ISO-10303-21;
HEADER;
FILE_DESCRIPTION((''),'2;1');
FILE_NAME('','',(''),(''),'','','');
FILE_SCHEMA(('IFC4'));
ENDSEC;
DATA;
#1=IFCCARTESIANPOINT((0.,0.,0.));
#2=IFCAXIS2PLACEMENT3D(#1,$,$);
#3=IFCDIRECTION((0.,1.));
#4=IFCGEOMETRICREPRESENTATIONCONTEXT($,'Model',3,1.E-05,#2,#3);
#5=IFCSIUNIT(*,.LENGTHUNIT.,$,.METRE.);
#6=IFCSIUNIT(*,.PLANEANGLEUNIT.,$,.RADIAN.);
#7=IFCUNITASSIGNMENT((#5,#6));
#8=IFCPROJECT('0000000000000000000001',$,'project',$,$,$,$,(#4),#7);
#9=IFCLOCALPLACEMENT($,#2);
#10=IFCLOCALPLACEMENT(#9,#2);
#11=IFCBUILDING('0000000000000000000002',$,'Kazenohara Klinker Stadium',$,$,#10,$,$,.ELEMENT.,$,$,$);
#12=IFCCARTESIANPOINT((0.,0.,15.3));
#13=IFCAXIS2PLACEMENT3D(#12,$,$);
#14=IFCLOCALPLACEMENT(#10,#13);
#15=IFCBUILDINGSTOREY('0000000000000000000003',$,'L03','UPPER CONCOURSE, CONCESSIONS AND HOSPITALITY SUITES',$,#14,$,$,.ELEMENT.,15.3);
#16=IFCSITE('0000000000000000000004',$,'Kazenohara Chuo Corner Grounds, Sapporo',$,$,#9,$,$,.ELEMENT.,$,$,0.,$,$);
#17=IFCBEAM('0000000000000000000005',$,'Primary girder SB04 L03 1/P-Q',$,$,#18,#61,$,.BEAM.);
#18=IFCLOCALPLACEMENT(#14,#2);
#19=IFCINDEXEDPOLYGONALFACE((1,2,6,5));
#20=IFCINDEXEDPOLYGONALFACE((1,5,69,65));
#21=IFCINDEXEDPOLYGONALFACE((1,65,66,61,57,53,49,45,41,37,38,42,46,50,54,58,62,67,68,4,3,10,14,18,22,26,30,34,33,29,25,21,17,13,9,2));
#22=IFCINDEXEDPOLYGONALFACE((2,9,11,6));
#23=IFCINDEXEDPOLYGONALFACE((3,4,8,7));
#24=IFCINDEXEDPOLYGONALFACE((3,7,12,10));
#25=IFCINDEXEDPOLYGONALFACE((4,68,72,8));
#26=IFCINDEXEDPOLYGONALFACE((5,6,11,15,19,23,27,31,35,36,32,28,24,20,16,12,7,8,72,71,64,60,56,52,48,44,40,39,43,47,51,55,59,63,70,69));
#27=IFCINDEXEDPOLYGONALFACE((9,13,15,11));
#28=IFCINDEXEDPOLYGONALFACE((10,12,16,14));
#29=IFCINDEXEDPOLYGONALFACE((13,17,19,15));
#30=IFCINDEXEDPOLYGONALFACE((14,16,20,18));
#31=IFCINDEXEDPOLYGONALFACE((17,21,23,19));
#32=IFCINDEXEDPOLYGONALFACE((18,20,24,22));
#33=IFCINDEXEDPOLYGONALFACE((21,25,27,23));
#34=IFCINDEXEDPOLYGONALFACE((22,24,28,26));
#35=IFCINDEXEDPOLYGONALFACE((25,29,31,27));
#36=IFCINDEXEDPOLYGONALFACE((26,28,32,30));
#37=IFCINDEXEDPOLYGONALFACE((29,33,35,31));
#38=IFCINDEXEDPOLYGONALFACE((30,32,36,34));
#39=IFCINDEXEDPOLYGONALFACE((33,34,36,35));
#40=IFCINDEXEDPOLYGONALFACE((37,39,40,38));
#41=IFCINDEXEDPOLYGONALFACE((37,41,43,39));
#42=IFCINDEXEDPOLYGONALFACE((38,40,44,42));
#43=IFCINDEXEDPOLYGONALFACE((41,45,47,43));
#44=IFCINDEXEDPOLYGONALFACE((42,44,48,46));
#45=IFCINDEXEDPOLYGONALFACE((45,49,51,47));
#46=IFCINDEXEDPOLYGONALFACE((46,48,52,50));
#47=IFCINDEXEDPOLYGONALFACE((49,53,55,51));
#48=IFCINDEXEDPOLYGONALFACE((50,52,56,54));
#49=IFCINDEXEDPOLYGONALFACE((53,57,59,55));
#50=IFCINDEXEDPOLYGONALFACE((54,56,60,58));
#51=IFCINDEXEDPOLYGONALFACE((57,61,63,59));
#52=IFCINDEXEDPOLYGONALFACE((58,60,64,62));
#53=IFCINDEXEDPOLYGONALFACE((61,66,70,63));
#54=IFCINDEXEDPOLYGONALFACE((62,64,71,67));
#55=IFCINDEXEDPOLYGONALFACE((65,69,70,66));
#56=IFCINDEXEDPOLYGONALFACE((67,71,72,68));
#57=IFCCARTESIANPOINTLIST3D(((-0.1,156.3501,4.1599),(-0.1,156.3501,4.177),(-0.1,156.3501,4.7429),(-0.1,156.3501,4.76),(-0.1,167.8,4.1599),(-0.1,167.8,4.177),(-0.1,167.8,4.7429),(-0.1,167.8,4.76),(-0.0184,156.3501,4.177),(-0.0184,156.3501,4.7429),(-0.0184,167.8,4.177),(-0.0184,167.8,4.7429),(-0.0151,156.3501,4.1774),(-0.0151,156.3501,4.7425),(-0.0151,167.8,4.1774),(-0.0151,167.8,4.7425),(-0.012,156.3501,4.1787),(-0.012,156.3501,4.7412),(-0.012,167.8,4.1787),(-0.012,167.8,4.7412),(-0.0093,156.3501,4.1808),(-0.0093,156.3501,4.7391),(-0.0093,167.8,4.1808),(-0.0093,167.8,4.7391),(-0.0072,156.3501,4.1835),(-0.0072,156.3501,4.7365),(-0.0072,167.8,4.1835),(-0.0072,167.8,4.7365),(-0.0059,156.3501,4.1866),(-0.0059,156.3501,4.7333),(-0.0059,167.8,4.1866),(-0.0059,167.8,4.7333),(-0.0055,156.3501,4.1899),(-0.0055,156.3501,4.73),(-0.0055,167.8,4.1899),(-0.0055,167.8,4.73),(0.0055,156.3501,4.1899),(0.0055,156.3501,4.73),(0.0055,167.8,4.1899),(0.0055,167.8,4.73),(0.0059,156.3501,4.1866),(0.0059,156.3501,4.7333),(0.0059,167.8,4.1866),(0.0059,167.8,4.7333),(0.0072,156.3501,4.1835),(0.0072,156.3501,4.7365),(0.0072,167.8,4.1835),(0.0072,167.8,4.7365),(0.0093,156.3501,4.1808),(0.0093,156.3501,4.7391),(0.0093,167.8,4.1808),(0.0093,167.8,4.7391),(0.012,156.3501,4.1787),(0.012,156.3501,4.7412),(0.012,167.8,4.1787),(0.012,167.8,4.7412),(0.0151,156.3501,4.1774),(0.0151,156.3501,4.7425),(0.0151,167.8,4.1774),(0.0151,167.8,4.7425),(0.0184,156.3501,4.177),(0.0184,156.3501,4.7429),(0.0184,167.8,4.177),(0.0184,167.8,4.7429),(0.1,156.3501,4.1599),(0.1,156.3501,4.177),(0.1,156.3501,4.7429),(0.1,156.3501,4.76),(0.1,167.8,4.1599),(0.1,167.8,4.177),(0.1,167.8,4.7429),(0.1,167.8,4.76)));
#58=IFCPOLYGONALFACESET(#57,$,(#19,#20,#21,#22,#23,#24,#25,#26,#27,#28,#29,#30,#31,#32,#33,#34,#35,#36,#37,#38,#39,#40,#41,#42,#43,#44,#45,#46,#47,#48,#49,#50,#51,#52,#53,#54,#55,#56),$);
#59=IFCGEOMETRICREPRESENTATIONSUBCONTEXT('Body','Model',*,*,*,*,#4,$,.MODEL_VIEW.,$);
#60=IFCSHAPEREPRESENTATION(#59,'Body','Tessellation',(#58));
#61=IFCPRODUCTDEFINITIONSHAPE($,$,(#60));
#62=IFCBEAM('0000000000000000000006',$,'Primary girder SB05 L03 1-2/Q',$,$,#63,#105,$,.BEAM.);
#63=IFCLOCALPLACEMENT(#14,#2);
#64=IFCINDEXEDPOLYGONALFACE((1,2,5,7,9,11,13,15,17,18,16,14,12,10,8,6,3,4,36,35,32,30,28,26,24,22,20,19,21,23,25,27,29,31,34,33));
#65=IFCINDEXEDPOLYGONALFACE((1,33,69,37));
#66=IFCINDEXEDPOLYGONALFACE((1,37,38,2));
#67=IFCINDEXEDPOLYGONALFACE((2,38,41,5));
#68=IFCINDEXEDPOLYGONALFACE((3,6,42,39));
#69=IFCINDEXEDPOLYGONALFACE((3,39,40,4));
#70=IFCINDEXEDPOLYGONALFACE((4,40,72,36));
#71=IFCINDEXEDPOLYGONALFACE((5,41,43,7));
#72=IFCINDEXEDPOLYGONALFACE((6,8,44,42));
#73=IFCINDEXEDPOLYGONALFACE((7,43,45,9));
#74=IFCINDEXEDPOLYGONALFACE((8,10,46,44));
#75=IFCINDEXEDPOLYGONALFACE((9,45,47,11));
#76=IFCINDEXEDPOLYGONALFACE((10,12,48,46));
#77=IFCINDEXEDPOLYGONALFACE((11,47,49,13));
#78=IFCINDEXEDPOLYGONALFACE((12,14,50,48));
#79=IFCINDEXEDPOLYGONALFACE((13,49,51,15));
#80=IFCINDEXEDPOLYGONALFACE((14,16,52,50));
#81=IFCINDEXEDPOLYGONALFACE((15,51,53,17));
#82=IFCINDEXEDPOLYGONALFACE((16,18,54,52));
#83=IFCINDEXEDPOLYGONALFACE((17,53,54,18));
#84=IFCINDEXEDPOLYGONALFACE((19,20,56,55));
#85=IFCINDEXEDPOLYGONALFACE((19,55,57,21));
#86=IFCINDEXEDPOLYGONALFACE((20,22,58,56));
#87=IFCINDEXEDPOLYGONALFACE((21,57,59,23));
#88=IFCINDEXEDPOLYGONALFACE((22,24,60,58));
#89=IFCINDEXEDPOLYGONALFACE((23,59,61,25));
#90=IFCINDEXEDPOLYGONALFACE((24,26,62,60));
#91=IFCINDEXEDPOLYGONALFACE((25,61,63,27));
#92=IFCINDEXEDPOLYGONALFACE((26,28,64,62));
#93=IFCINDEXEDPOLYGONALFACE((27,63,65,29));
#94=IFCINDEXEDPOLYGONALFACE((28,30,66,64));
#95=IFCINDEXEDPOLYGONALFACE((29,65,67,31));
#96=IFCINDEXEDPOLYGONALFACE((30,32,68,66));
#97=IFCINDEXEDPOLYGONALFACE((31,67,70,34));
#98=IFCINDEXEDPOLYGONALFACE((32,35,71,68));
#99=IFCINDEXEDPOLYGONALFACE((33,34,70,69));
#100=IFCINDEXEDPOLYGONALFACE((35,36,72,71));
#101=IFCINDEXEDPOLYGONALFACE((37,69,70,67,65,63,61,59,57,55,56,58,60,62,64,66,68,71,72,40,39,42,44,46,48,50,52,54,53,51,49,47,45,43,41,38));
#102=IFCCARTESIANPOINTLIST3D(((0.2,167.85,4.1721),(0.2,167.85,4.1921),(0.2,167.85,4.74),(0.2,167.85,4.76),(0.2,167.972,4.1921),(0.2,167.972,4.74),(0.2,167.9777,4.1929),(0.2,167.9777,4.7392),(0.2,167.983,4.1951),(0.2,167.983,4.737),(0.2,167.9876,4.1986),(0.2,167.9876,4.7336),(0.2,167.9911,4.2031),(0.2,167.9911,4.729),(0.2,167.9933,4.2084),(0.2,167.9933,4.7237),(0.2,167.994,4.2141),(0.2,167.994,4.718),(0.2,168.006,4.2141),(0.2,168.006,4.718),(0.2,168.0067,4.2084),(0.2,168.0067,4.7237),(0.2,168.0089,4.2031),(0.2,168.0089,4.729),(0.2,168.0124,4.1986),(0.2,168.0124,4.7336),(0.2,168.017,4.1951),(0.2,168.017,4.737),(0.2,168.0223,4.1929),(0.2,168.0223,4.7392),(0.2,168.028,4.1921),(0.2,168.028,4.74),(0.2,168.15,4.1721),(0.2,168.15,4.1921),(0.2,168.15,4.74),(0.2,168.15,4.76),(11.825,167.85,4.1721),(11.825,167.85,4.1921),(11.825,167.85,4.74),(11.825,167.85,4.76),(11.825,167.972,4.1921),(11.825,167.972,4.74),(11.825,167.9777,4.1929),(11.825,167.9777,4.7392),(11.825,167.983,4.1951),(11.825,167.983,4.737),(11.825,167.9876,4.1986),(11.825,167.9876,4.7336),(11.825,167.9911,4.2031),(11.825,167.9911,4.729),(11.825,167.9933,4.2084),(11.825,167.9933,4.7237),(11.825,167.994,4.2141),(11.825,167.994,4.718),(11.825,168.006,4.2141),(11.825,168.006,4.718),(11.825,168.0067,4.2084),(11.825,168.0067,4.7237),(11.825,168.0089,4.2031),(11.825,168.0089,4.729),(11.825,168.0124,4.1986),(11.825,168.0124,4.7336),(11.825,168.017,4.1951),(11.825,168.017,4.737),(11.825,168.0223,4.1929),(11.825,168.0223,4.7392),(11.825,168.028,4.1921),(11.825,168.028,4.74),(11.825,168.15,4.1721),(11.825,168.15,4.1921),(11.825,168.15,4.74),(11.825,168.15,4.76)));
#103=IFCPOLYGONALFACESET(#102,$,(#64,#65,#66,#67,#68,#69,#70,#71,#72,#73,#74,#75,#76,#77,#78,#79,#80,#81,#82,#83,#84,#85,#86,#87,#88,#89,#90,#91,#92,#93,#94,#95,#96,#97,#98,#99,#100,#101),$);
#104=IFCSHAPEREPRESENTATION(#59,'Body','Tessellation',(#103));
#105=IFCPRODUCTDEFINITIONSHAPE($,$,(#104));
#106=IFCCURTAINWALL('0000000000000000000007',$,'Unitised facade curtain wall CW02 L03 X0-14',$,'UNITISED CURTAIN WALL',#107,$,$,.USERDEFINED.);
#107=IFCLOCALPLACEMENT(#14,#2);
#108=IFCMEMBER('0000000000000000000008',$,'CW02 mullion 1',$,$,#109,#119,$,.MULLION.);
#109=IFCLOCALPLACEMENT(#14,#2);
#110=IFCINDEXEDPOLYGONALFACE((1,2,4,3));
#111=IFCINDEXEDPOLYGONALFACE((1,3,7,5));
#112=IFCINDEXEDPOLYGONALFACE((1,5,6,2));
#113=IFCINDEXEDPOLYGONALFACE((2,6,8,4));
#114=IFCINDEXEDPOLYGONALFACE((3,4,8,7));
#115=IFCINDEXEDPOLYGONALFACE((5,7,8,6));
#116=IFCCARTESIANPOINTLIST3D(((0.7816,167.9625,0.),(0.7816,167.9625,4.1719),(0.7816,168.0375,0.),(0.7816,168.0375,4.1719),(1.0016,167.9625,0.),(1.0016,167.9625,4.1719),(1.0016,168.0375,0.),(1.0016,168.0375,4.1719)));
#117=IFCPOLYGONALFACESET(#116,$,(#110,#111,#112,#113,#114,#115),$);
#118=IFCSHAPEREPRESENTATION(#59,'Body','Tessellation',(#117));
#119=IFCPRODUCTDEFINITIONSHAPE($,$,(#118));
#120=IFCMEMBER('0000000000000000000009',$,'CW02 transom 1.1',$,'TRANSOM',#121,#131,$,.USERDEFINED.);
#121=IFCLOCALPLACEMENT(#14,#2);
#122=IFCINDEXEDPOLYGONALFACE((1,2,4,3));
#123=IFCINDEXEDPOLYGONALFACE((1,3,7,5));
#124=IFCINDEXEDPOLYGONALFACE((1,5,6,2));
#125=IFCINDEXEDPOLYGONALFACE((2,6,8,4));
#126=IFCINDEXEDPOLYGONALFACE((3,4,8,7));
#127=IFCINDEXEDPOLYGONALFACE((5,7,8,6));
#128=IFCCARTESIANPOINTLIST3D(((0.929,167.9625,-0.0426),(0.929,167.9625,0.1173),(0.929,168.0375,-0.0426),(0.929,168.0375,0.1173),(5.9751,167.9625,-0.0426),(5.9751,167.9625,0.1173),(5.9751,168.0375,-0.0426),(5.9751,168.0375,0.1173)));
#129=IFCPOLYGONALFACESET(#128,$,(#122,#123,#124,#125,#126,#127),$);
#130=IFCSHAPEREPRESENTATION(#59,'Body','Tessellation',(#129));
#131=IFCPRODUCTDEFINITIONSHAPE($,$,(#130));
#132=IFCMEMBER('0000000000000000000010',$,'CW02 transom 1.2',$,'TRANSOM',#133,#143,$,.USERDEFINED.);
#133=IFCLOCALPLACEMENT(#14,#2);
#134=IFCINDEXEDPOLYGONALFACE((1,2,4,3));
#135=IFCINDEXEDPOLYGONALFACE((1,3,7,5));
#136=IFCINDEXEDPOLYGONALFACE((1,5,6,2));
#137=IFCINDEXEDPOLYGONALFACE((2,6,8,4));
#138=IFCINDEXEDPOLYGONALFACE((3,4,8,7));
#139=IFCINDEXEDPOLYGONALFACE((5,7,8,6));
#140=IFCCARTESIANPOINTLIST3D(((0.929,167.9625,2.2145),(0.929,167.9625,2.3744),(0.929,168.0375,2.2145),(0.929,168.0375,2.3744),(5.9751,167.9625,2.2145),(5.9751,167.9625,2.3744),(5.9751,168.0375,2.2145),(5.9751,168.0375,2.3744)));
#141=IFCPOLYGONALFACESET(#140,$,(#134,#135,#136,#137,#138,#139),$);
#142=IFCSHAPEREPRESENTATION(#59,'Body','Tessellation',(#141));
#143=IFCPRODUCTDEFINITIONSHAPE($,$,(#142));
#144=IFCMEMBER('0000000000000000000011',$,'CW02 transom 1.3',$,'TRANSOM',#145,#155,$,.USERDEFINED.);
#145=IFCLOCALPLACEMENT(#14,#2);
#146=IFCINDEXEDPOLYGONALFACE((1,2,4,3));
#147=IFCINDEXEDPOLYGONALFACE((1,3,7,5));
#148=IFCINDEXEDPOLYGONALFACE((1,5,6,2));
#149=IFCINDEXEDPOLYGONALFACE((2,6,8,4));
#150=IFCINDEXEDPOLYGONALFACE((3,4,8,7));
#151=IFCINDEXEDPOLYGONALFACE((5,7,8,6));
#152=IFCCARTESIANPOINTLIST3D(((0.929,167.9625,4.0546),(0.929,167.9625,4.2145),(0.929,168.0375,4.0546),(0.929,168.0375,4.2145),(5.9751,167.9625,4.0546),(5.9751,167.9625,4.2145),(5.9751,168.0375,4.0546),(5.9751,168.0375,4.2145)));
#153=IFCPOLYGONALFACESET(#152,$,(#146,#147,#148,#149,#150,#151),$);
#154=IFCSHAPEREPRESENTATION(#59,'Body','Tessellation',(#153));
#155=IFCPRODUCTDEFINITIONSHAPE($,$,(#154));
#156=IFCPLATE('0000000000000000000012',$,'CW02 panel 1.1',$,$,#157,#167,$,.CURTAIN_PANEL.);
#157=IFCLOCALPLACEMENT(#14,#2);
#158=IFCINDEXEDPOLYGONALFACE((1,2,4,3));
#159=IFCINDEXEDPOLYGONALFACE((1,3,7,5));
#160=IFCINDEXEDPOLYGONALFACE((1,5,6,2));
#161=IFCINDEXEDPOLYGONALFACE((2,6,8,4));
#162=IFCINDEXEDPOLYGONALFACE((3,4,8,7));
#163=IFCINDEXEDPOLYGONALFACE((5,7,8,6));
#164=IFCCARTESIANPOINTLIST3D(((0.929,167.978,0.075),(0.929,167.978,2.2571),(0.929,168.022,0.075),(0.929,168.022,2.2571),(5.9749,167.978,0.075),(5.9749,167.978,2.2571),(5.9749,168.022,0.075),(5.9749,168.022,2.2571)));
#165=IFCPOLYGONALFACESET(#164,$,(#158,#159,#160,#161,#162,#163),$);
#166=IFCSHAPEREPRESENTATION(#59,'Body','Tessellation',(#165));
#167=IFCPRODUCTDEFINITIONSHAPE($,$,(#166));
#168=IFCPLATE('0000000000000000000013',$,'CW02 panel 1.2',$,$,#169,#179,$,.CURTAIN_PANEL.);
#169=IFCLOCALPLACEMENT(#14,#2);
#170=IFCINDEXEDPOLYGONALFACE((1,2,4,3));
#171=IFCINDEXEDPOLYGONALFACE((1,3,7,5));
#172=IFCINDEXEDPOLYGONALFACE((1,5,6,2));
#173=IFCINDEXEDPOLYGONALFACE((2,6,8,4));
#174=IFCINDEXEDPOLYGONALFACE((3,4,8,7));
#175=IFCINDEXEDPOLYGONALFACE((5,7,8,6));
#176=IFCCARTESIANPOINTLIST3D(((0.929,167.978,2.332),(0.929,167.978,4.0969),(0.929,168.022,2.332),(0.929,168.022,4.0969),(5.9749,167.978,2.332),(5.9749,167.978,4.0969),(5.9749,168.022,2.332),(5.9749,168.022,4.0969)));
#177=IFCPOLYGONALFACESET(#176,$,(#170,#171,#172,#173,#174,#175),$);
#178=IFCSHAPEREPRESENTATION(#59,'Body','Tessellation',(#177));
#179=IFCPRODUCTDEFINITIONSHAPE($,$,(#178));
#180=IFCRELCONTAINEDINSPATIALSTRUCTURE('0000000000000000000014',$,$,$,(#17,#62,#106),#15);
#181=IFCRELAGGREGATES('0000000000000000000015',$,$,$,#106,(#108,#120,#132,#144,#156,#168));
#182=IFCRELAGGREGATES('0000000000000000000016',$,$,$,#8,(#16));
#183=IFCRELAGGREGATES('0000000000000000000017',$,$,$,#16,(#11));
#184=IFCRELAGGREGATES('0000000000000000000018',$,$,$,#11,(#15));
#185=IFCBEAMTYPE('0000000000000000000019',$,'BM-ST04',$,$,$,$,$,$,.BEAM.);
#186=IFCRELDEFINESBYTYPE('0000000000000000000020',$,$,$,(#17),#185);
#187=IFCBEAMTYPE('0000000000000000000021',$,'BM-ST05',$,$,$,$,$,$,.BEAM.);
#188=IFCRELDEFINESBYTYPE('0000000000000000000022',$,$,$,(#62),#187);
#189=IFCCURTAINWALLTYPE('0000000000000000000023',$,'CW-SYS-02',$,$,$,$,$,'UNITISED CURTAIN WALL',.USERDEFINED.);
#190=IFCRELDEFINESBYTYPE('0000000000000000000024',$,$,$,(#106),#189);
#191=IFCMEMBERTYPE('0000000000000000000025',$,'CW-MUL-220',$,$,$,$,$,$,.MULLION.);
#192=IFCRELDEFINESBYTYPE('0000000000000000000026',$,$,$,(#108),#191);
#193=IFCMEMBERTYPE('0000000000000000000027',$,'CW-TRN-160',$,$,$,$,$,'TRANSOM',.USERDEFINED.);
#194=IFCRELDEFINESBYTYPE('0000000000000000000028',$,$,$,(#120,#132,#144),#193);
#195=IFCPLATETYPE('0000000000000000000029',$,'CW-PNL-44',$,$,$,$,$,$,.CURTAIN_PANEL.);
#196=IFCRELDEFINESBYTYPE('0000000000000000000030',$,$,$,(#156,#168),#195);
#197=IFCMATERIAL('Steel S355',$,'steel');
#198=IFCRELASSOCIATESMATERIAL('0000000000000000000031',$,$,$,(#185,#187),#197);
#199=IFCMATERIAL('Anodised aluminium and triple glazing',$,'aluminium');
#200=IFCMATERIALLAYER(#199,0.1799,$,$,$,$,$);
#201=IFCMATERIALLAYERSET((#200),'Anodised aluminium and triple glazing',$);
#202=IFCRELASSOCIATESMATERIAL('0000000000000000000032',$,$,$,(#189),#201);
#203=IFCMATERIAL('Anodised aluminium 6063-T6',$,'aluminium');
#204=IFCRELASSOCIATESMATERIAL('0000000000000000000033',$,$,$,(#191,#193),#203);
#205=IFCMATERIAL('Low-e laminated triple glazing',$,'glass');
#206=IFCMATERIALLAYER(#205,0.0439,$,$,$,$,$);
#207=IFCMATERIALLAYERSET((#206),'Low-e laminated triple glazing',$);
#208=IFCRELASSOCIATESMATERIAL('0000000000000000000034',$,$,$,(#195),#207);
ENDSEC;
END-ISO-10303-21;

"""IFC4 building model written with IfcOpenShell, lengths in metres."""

from ifc_helpers import new_model, si_unit, direction, frame, origin, origin_2d, place, context, subcontext, project, spatial, rectangle, i_section, extrude, material, layer, layer_set, material_profile, profile_set, type_object, element, aggregate, save


model = new_model("IFC4")

# Units and contexts
model_context = context("Model", 3, precision=1e-05, world=origin(), true_north=direction((0.0, 1.0)))
body_context = subcontext(model_context, "Body", "Model", "MODEL_VIEW")
ifc_project = project(units=[si_unit("LENGTHUNIT", "METRE"), si_unit("PLANEANGLEUNIT", "RADIAN")], contexts=[model_context])

# Site, building, storey
site_placement = place(None, origin())
site = spatial("IfcSite", under=ifc_project, at=site_placement, Name="Kazenohara Chuo Corner Grounds, Sapporo", CompositionType="ELEMENT", RefElevation=0.0)
building_placement = place(site_placement, origin())
building = spatial("IfcBuilding", under=site, at=building_placement, Name="Kazenohara Klinker Stadium", CompositionType="ELEMENT")
storey_placement = place(building_placement, frame((0.0, 0.0, 15.3)))
storey = spatial("IfcBuildingStorey", under=building, at=storey_placement, Name="L03", Description="UPPER CONCOURSE, CONCESSIONS AND HOSPITALITY SUITES", CompositionType="ELEMENT", Elevation=15.3)

# Shared definitions
ifc_material_1 = material(Name="Steel S355", Category="steel")

# Beams
ifc_material_profile_1 = material_profile(ifc_material_1, i_section(OverallWidth=0.2, OverallDepth=0.6001, WebThickness=0.011, FlangeThickness=0.0171, FilletRadius=0.0129, at=origin_2d()), Name="H-600x200x11x17")
ifc_profile_set_1 = profile_set([ifc_material_profile_1], Name="Steel S355")
beam_type_1 = type_object("IfcBeamType", Name="BM-ST04", PredefinedType="BEAM", material=ifc_profile_set_1)
for number, where, z_axis, x_axis, name in (
    (1, (0.0, 156.3501, 4.46), (0.0, 1.0, 0.0), (-1.0, 0.0, 0.0), "Primary girder SB04 L03 1/P-Q"),
):
    element("IfcBeam", number, at=place(storey_placement, frame(where, z_axis=z_axis, x_axis=x_axis)), inside=storey, type_object=beam_type_1, Name=name, PredefinedType="BEAM", context=body_context, shape_type="SweptSolid", body=[
        extrude(i_section(OverallWidth=0.2, OverallDepth=0.6001, WebThickness=0.011, FlangeThickness=0.0171, FilletRadius=0.0129, at=origin_2d()), origin(), (0.0, 0.0, 1.0), 11.45),
    ])
ifc_material_profile_2 = material_profile(ifc_material_1, i_section(OverallWidth=0.3, OverallDepth=0.5879, WebThickness=0.012, FlangeThickness=0.02, FilletRadius=0.022, at=origin_2d()), Name="H-588x300x12x20")
ifc_profile_set_2 = profile_set([ifc_material_profile_2], Name="Steel S355")
beam_type_2 = type_object("IfcBeamType", Name="BM-ST05", PredefinedType="BEAM", material=ifc_profile_set_2)
beam_1_placement = place(storey_placement, frame((0.2, 168.0, 4.4661), z_axis=(1.0, 0.0, 0.0), x_axis=(0.0, 1.0, 0.0)))
element("IfcBeam", 2, at=beam_1_placement, inside=storey, type_object=beam_type_2, Name="Primary girder SB05 L03 1-2/Q", PredefinedType="BEAM", context=body_context, shape_type="SweptSolid", body=[
    extrude(i_section(OverallWidth=0.3, OverallDepth=0.5879, WebThickness=0.012, FlangeThickness=0.02, FilletRadius=0.022, at=origin_2d()), origin(), (0.0, 0.0, 1.0), 11.625),
])

# Curtain wall, members, plates
ifc_material_2 = material(Name="Anodised aluminium and triple glazing", Category="aluminium")
ifc_layer_1 = layer(ifc_material_2, 0.1799)
ifc_layer_set_1 = layer_set([ifc_layer_1], Name="Anodised aluminium and triple glazing")
curtain_wall_type = type_object("IfcCurtainWallType", Name="CW-SYS-02", ElementType="UNITISED CURTAIN WALL", PredefinedType="USERDEFINED", material=ifc_layer_set_1)
curtain_wall_placement = place(storey_placement, origin())
curtain_wall = element("IfcCurtainWall", 3, at=curtain_wall_placement, inside=storey, type_object=curtain_wall_type, Name="Unitised facade curtain wall CW02 L03 X0-14", ObjectType="UNITISED CURTAIN WALL", PredefinedType="USERDEFINED")
ifc_material_3 = material(Name="Anodised aluminium 6063-T6", Category="aluminium")
ifc_material_profile_3 = material_profile(ifc_material_3, rectangle(XDim=0.075, YDim=0.22, at=origin_2d()), Name="ALU-MUL-75x220")
ifc_profile_set_3 = profile_set([ifc_material_profile_3], Name="Anodised aluminium 6063-T6")
member_type_1 = type_object("IfcMemberType", Name="CW-MUL-220", PredefinedType="MULLION", material=ifc_profile_set_3)
member_1_placement = place(storey_placement, frame((0.8916, 168.0, 0.0), z_axis=(0.0, 0.0, 1.0), x_axis=(0.0, 1.0, 0.0)))
member_1 = element("IfcMember", 4, at=member_1_placement, type_object=member_type_1, Name="CW02 mullion 1", PredefinedType="MULLION", context=body_context, shape_type="SweptSolid", body=[
    extrude(rectangle(XDim=0.075, YDim=0.22, at=origin_2d()), origin(), (0.0, 0.0, 1.0), 4.1719),
])
ifc_material_profile_4 = material_profile(ifc_material_3, rectangle(XDim=0.075, YDim=0.1599, at=origin_2d()), Name="ALU-TRN-75x160")
ifc_profile_set_4 = profile_set([ifc_material_profile_4], Name="Anodised aluminium 6063-T6")
member_type_2 = type_object("IfcMemberType", Name="CW-TRN-160", ElementType="TRANSOM", PredefinedType="USERDEFINED", material=ifc_profile_set_4)
member_2_placement = place(storey_placement, frame((0.929, 168.0, 0.0374), z_axis=(1.0, 0.0, 0.0), x_axis=(0.0, 1.0, 0.0)))
member_2 = element("IfcMember", 5, at=member_2_placement, type_object=member_type_2, Name="CW02 transom 1.1", ObjectType="TRANSOM", PredefinedType="USERDEFINED", context=body_context, shape_type="SweptSolid", body=[
    extrude(rectangle(XDim=0.075, YDim=0.1599, at=origin_2d()), origin(), (0.0, 0.0, 1.0), 5.0461),
])
member_3_placement = place(storey_placement, frame((0.929, 168.0, 2.2944), z_axis=(1.0, 0.0, 0.0), x_axis=(0.0, 1.0, 0.0)))
member_3 = element("IfcMember", 6, at=member_3_placement, type_object=member_type_2, Name="CW02 transom 1.2", ObjectType="TRANSOM", PredefinedType="USERDEFINED", context=body_context, shape_type="SweptSolid", body=[
    extrude(rectangle(XDim=0.075, YDim=0.1599, at=origin_2d()), origin(), (0.0, 0.0, 1.0), 5.0461),
])
member_4_placement = place(storey_placement, frame((0.929, 168.0, 4.1345), z_axis=(1.0, 0.0, 0.0), x_axis=(0.0, 1.0, 0.0)))
member_4 = element("IfcMember", 7, at=member_4_placement, type_object=member_type_2, Name="CW02 transom 1.3", ObjectType="TRANSOM", PredefinedType="USERDEFINED", context=body_context, shape_type="SweptSolid", body=[
    extrude(rectangle(XDim=0.075, YDim=0.1599, at=origin_2d()), origin(), (0.0, 0.0, 1.0), 5.0461),
])
ifc_material_4 = material(Name="Low-e laminated triple glazing", Category="glass")
ifc_layer_2 = layer(ifc_material_4, 0.0439)
ifc_layer_set_2 = layer_set([ifc_layer_2], Name="Low-e laminated triple glazing")
plate_type_1 = type_object("IfcPlateType", Name="CW-PNL-44", PredefinedType="CURTAIN_PANEL", material=ifc_layer_set_2)
plate_1_placement = place(storey_placement, frame((3.4519, 168.0, 0.075), z_axis=(0.0, 0.0, 1.0), x_axis=(1.0, 0.0, 0.0)))
plate_1 = element("IfcPlate", 8, at=plate_1_placement, type_object=plate_type_1, Name="CW02 panel 1.1", PredefinedType="CURTAIN_PANEL", context=body_context, shape_type="SweptSolid", body=[
    extrude(rectangle(XDim=5.0459, YDim=0.0439, at=origin_2d()), origin(), (0.0, 0.0, 1.0), 2.1821),
])
plate_2_placement = place(storey_placement, frame((3.4519, 168.0, 2.332), z_axis=(0.0, 0.0, 1.0), x_axis=(1.0, 0.0, 0.0)))
plate_2 = element("IfcPlate", 9, at=plate_2_placement, type_object=plate_type_1, Name="CW02 panel 1.2", PredefinedType="CURTAIN_PANEL", context=body_context, shape_type="SweptSolid", body=[
    extrude(rectangle(XDim=5.0459, YDim=0.0439, at=origin_2d()), origin(), (0.0, 0.0, 1.0), 1.7649),
])
aggregate(curtain_wall, [member_1, member_2, member_3, member_4, plate_1, plate_2])

save(model, "model.ifc")
